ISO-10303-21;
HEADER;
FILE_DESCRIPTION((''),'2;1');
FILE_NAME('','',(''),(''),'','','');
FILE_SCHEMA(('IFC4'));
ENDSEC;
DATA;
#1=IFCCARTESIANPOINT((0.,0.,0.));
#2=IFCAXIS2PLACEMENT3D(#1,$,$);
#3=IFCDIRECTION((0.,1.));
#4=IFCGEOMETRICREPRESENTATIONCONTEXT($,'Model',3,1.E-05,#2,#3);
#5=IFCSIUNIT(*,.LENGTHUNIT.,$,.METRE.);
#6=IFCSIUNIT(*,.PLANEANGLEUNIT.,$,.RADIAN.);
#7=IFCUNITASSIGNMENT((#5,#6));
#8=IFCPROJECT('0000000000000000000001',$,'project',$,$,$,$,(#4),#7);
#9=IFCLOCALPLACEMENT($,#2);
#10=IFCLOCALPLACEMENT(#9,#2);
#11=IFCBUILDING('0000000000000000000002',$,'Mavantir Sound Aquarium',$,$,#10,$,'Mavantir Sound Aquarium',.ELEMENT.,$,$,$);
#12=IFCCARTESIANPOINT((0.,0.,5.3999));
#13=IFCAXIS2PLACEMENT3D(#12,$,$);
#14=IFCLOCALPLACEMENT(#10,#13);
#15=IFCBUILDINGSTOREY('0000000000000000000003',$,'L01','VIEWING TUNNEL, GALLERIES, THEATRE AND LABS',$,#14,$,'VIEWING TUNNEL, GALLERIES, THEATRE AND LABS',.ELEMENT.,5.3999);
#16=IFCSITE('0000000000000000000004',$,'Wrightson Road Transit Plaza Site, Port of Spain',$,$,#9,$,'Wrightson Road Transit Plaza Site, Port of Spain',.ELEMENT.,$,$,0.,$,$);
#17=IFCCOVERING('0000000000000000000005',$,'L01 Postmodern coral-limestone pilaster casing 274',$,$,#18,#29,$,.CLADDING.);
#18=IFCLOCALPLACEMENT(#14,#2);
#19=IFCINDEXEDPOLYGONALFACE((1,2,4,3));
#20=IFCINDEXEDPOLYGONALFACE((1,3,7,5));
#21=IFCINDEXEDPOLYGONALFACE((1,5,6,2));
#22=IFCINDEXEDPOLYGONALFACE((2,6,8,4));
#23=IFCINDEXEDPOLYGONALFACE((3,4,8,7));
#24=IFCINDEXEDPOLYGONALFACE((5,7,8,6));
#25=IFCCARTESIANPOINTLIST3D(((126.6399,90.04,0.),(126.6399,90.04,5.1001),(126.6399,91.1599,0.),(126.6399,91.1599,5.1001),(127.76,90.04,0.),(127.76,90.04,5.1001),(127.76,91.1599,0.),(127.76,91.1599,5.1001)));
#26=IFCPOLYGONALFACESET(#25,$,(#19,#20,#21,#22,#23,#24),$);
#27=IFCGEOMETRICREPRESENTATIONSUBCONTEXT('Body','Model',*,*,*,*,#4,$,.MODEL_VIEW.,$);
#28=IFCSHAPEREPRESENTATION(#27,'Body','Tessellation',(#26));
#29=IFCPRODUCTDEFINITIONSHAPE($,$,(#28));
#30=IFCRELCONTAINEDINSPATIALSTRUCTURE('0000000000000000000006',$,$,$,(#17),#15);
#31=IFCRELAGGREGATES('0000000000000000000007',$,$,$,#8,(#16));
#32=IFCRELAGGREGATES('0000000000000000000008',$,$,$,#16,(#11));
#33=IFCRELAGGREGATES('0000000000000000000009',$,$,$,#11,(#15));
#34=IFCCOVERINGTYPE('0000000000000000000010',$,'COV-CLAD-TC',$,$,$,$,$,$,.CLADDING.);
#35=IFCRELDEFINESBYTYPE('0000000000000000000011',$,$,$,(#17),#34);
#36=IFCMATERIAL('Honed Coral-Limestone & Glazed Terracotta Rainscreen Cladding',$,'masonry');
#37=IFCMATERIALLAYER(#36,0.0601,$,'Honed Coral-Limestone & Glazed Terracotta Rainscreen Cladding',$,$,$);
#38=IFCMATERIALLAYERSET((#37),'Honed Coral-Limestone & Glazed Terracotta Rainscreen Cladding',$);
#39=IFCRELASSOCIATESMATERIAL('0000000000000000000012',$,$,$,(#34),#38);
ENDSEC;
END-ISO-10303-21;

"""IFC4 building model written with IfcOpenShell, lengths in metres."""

from ifc_helpers import new_model, si_unit, direction, frame, origin, place, context, subcontext, project, spatial, polyline, outline, extrude, material, layer, layer_set, type_object, element, save


model = new_model("IFC4")

# Units and contexts
model_context = context("Model", 3, precision=1e-05, world=origin(), true_north=direction((0.0, 1.0)))
body_context = subcontext(model_context, "Body", "Model", "MODEL_VIEW")
ifc_project = project(units=[si_unit("LENGTHUNIT", "METRE"), si_unit("PLANEANGLEUNIT", "RADIAN")], contexts=[model_context])

# Site, building, storey
site_placement = place(None, origin())
site = spatial("IfcSite", under=ifc_project, at=site_placement, Name="Wrightson Road Transit Plaza Site, Port of Spain", LongName="Wrightson Road Transit Plaza Site, Port of Spain", CompositionType="ELEMENT", RefElevation=0.0)
building_placement = place(site_placement, origin())
building = spatial("IfcBuilding", under=site, at=building_placement, Name="Mavantir Sound Aquarium", LongName="Mavantir Sound Aquarium", CompositionType="ELEMENT")
storey_placement = place(building_placement, frame((0.0, 0.0, 5.3999)))
storey = spatial("IfcBuildingStorey", under=building, at=storey_placement, Name="L01", Description="VIEWING TUNNEL, GALLERIES, THEATRE AND LABS", LongName="VIEWING TUNNEL, GALLERIES, THEATRE AND LABS", CompositionType="ELEMENT", Elevation=5.3999)

# Covering
ifc_material = material(Name="Honed Coral-Limestone & Glazed Terracotta Rainscreen Cladding", Category="masonry")
ifc_layer = layer(ifc_material, 0.0601, Name="Honed Coral-Limestone & Glazed Terracotta Rainscreen Cladding")
ifc_layer_set = layer_set([ifc_layer], Name="Honed Coral-Limestone & Glazed Terracotta Rainscreen Cladding")
covering_type = type_object("IfcCoveringType", Name="COV-CLAD-TC", PredefinedType="CLADDING", material=ifc_layer_set)
covering_1_placement = place(storey_placement, origin())
element("IfcCovering", 1, at=covering_1_placement, inside=storey, type_object=covering_type, Name="L01 Postmodern coral-limestone pilaster casing 274", PredefinedType="CLADDING", context=body_context, shape_type="SweptSolid", body=[
    extrude(outline(polyline([(126.6399, 90.04), (127.76, 90.04), (127.76, 91.1599), (126.6399, 91.1599), (126.6399, 90.04)])), origin(), (0.0, 0.0, 1.0), 5.1001),
])

save(model, "model.ifc")
